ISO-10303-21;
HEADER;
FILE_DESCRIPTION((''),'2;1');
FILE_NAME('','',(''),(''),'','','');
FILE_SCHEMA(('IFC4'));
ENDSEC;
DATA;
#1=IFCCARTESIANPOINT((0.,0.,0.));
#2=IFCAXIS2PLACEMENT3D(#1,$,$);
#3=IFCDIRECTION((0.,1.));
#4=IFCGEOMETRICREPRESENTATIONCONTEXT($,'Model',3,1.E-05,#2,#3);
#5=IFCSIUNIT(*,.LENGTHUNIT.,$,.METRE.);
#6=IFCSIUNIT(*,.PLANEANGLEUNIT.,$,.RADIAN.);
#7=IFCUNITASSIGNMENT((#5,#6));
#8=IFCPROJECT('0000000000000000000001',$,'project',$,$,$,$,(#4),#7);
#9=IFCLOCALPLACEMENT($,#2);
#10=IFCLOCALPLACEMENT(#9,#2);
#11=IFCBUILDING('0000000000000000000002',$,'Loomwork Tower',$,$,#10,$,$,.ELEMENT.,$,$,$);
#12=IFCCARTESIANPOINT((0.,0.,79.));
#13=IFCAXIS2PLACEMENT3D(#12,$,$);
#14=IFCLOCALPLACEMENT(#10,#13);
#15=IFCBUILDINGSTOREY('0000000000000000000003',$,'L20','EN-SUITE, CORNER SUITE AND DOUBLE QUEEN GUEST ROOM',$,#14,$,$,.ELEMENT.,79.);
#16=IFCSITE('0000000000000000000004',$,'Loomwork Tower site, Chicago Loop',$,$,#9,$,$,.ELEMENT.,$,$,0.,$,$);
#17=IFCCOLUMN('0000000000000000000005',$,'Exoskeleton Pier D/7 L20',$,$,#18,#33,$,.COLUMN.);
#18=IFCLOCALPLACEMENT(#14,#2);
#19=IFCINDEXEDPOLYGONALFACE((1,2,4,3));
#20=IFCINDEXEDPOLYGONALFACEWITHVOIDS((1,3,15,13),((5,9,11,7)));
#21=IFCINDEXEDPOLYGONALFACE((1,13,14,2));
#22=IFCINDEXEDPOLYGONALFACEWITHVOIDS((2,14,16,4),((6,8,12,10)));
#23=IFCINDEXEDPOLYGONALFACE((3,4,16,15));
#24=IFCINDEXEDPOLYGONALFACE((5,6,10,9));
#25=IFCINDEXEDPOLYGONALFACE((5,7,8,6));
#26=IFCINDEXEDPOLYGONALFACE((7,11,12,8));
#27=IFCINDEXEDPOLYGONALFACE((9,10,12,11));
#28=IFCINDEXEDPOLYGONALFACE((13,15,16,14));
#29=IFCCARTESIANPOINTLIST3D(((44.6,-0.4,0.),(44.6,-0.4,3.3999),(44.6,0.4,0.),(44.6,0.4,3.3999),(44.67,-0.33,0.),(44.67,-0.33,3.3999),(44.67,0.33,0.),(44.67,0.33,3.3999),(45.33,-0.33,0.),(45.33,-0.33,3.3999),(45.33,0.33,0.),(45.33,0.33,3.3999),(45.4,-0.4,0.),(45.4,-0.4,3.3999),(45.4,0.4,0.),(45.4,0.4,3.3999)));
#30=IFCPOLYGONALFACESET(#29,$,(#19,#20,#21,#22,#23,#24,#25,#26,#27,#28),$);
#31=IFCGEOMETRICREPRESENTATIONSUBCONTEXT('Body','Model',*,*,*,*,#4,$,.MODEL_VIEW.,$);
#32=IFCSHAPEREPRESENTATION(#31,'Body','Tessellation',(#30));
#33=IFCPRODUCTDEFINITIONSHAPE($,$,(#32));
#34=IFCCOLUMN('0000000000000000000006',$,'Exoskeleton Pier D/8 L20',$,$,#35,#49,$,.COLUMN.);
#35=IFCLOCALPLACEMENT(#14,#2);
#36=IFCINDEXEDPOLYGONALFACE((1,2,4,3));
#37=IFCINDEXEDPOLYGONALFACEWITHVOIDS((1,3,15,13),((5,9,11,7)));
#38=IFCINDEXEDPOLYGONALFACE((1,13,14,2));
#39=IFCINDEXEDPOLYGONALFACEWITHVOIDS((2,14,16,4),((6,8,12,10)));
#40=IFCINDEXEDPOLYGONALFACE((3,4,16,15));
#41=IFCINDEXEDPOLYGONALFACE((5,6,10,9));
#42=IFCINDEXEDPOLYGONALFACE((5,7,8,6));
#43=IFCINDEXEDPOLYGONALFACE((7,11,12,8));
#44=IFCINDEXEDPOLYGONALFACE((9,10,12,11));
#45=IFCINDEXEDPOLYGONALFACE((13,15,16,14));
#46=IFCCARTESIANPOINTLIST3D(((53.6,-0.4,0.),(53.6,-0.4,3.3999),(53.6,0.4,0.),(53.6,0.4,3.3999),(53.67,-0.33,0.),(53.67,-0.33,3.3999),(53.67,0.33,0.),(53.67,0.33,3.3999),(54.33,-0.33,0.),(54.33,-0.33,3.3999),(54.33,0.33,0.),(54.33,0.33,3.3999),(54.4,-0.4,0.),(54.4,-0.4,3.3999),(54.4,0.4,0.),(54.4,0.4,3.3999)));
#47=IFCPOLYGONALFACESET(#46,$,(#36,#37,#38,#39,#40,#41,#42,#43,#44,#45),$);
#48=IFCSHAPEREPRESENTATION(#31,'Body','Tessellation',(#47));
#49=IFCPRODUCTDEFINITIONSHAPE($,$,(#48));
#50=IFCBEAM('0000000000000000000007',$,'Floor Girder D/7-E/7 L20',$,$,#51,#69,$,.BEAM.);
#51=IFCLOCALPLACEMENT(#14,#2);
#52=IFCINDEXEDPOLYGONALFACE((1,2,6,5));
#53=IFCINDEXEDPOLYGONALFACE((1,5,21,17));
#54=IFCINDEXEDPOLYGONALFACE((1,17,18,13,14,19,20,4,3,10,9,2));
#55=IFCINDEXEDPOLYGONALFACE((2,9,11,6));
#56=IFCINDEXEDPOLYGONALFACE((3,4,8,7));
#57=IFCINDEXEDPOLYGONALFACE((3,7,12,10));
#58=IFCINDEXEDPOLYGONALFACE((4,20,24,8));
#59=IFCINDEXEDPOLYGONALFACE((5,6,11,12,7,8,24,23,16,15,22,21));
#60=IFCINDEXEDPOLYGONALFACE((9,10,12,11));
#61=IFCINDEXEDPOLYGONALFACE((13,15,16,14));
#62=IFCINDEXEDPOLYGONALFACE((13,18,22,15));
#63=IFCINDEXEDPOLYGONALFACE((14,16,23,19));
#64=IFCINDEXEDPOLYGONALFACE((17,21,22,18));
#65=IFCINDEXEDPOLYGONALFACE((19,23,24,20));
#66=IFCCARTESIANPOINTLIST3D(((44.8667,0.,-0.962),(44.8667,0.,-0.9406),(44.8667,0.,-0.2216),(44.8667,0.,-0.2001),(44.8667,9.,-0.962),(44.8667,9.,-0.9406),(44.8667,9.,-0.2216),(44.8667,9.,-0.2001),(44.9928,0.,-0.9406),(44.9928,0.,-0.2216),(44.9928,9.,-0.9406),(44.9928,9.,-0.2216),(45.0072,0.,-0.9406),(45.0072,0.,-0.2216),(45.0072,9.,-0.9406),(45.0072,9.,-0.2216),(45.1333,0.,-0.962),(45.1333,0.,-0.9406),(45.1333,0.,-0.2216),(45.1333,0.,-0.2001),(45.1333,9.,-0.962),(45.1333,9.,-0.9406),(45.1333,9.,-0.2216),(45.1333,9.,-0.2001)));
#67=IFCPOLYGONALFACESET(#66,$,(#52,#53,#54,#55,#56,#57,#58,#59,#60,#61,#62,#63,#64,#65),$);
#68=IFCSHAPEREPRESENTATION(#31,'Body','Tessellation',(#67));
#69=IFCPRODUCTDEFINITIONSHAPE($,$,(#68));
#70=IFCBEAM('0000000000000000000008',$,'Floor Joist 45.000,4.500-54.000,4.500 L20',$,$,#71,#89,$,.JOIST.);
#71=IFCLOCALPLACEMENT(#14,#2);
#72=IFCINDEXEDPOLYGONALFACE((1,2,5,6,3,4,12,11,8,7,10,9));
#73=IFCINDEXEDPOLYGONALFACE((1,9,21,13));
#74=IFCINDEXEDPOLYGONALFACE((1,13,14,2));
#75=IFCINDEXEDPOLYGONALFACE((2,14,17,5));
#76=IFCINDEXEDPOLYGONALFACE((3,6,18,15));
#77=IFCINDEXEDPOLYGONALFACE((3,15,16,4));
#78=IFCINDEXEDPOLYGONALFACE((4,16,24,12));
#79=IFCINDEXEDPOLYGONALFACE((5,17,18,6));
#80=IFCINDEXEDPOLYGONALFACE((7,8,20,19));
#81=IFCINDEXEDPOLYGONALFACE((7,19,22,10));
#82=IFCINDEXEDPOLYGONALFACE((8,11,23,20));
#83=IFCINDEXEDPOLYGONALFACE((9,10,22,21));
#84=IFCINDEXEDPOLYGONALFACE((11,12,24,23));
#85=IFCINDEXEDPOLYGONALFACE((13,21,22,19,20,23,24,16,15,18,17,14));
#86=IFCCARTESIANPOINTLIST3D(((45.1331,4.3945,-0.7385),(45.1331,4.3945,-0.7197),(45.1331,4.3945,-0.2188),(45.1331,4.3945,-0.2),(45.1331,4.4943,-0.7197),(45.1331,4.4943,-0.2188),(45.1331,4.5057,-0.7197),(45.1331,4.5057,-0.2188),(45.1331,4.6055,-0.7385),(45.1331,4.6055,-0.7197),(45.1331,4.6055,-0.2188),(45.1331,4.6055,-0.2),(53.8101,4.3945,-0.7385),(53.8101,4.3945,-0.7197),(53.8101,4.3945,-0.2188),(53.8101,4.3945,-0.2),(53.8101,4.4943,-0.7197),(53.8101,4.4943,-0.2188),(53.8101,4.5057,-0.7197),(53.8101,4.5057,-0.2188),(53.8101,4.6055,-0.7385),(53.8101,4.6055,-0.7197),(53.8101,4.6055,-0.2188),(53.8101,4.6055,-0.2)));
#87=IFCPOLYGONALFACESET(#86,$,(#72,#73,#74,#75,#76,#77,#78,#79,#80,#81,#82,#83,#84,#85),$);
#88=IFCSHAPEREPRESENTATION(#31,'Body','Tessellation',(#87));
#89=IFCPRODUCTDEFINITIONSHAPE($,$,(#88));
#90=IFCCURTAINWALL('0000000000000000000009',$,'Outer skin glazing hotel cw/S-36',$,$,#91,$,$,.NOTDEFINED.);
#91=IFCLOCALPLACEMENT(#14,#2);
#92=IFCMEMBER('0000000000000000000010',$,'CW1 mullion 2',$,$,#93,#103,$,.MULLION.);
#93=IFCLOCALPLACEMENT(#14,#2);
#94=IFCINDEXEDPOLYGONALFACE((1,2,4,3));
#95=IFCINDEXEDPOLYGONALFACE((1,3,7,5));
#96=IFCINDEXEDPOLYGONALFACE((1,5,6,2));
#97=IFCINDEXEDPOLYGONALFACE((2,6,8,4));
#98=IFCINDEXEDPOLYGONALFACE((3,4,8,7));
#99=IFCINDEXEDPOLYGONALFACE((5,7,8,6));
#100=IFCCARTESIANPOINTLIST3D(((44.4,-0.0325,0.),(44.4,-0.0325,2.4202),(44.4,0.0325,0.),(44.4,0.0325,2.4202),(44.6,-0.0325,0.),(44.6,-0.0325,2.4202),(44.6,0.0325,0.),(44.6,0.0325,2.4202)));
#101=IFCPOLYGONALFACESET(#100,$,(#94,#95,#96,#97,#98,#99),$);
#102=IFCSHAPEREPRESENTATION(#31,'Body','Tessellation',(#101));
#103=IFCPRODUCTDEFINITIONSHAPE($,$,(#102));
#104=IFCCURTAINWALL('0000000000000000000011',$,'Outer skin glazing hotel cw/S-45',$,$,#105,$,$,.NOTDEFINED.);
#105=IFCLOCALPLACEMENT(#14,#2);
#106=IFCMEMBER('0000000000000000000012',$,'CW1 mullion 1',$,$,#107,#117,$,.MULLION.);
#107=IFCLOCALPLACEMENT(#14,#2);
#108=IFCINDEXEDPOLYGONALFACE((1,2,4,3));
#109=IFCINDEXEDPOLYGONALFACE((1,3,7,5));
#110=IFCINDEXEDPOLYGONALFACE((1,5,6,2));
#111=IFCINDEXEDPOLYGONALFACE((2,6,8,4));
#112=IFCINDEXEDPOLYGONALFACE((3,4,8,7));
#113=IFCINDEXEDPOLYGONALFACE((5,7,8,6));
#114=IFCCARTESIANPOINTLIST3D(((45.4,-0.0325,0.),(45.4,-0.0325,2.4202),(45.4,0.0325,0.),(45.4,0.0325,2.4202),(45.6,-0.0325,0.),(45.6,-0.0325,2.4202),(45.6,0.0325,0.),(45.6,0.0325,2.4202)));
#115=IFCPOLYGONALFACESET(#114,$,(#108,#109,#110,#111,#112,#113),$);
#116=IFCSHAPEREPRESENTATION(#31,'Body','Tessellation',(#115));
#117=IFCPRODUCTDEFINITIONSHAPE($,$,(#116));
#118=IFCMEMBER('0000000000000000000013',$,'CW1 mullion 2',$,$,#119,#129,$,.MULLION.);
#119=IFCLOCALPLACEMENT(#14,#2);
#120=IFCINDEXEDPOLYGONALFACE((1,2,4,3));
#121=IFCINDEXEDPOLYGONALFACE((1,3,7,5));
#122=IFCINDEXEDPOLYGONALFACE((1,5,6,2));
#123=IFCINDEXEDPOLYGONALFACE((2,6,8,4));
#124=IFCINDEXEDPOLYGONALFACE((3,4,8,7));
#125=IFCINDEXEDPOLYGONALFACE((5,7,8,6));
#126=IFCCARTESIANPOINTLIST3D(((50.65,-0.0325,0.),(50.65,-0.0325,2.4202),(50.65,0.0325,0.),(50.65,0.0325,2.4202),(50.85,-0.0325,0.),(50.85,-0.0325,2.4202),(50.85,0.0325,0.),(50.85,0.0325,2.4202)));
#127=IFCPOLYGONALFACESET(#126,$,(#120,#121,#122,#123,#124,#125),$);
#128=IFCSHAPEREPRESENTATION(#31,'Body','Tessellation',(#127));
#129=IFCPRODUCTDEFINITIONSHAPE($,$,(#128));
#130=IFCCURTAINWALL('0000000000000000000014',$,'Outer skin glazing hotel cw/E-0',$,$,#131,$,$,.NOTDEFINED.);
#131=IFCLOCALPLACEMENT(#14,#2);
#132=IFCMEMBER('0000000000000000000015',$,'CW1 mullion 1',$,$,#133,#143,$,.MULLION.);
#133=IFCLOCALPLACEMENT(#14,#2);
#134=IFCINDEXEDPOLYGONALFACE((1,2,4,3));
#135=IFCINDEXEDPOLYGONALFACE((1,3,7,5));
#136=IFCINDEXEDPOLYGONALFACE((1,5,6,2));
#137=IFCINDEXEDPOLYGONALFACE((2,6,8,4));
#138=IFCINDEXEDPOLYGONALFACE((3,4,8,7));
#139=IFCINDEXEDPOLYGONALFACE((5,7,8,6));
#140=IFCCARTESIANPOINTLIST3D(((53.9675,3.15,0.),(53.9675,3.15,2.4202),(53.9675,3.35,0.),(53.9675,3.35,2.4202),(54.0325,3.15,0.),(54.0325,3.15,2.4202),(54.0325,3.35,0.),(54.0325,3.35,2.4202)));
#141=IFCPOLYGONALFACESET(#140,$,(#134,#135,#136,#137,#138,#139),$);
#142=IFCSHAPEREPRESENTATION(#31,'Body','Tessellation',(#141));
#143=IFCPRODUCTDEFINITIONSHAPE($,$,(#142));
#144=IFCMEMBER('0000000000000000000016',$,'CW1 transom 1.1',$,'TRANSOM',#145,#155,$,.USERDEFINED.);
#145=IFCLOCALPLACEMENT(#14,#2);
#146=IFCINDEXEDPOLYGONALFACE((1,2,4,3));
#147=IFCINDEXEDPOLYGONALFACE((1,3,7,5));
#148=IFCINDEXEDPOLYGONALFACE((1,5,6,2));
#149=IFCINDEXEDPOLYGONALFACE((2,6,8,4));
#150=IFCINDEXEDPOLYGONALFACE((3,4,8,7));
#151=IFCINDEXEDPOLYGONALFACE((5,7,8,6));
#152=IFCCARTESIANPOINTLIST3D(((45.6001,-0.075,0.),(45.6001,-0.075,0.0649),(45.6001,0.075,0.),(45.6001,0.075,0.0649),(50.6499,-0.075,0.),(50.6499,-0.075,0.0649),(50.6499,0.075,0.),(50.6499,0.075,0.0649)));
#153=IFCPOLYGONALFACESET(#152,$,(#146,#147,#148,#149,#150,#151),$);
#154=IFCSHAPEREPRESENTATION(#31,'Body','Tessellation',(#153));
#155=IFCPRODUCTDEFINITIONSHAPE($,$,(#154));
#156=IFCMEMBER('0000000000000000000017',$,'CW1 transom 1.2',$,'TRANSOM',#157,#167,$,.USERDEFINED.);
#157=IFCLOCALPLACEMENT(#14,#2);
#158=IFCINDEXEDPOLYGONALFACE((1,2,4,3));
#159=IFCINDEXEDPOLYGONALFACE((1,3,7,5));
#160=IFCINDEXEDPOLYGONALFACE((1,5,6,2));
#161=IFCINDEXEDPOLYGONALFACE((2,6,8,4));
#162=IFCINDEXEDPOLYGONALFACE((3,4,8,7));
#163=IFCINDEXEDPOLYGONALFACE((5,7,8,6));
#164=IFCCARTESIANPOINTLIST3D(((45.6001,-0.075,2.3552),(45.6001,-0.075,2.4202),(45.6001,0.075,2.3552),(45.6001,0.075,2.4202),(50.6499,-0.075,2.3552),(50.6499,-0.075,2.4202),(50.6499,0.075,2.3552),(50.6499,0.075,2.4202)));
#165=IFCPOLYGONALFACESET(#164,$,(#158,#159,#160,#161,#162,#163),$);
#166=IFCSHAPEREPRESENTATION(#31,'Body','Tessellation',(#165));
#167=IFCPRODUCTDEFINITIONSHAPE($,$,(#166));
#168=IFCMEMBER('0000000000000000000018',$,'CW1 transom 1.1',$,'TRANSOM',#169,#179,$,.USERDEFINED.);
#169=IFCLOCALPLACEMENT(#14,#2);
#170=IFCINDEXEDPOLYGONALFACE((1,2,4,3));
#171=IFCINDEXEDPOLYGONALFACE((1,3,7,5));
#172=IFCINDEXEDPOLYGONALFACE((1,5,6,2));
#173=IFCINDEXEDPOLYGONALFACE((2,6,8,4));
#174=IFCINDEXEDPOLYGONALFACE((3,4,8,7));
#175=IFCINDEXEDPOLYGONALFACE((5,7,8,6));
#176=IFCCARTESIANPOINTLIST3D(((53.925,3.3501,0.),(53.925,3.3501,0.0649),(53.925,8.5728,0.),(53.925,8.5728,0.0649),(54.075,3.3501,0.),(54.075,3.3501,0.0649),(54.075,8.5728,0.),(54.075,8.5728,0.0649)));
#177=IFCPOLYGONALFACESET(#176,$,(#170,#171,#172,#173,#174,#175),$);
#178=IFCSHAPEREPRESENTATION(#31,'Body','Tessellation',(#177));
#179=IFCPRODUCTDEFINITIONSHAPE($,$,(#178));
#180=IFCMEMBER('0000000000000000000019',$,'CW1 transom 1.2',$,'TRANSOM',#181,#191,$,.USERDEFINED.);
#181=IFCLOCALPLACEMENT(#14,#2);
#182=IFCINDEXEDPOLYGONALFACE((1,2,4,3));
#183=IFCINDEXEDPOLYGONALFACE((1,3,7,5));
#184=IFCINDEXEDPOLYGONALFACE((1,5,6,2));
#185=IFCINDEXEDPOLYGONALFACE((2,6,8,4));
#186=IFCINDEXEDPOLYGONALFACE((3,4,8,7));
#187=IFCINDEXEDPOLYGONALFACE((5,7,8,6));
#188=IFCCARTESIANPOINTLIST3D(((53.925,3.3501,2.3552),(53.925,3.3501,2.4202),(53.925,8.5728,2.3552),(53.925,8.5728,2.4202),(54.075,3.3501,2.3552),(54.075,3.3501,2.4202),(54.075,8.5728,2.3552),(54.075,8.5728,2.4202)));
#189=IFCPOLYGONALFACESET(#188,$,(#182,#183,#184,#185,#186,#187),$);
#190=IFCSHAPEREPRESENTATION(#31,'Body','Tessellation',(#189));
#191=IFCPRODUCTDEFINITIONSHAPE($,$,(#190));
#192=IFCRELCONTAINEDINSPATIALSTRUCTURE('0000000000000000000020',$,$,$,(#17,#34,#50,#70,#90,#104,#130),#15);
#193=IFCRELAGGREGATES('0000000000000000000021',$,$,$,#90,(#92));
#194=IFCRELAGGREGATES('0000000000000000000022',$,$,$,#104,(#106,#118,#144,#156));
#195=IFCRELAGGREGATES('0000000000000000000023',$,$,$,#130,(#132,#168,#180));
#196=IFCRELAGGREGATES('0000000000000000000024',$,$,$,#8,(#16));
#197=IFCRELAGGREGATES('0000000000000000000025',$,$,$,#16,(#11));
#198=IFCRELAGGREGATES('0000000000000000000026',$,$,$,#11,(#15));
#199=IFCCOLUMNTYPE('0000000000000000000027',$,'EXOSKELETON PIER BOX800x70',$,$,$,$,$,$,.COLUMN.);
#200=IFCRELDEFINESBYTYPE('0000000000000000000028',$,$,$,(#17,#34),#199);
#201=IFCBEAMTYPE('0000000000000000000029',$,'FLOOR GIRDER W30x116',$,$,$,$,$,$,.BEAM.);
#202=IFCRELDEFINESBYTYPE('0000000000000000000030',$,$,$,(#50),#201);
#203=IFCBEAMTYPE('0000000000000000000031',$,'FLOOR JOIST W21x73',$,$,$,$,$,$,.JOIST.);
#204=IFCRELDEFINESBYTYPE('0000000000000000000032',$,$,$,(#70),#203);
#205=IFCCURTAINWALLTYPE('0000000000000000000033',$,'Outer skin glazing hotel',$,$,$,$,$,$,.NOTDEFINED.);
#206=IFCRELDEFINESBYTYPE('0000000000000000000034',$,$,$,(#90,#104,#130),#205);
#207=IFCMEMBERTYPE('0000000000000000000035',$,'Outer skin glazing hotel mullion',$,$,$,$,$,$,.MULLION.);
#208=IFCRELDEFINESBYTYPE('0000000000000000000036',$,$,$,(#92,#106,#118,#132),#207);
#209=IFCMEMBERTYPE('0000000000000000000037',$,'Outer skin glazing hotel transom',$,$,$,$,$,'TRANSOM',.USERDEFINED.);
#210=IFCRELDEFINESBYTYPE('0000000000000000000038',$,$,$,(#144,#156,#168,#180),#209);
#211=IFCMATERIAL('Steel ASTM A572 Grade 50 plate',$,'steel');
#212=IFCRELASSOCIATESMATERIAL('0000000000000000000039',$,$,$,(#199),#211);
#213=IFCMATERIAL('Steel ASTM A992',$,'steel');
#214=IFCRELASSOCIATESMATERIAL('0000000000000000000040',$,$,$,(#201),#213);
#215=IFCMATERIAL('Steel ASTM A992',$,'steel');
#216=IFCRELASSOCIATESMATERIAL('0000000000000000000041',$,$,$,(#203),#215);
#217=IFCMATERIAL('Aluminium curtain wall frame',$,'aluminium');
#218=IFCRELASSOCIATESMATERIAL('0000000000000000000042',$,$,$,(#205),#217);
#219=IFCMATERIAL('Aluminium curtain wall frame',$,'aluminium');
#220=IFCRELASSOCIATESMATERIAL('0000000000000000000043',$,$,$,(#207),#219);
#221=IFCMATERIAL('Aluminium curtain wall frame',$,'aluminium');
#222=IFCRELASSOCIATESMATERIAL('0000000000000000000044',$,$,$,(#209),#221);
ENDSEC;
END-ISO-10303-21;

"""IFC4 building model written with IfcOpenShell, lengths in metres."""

from ifc_helpers import new_model, si_unit, direction, frame, origin, origin_2d, place, context, subcontext, project, spatial, rectangle, hollow_rectangle, i_section, extrude, material, material_profile, profile_set, type_object, element, aggregate, save


model = new_model("IFC4")

# Units and contexts
model_context = context("Model", 3, precision=1e-05, world=origin(), true_north=direction((0.0, 1.0)))
body_context = subcontext(model_context, "Body", "Model", "MODEL_VIEW")
ifc_project = project(units=[si_unit("LENGTHUNIT", "METRE"), si_unit("PLANEANGLEUNIT", "RADIAN")], contexts=[model_context])

# Site, building, storey
site_placement = place(None, origin())
site = spatial("IfcSite", under=ifc_project, at=site_placement, Name="Loomwork Tower site, Chicago Loop", CompositionType="ELEMENT", RefElevation=0.0)
building_placement = place(site_placement, origin())
building = spatial("IfcBuilding", under=site, at=building_placement, Name="Loomwork Tower", CompositionType="ELEMENT")
storey_placement = place(building_placement, frame((0.0, 0.0, 79.0)))
storey = spatial("IfcBuildingStorey", under=building, at=storey_placement, Name="L20", Description="EN-SUITE, CORNER SUITE AND DOUBLE QUEEN GUEST ROOM", CompositionType="ELEMENT", Elevation=79.0)

# Columns
ifc_material_1 = material(Name="Steel ASTM A572 Grade 50 plate", Category="steel")
ifc_material_profile_1 = material_profile(ifc_material_1, hollow_rectangle(XDim=0.8, YDim=0.8, WallThickness=0.0701, at=origin_2d()), Name="BOX800x70")
ifc_profile_set_1 = profile_set([ifc_material_profile_1], Name="Steel ASTM A572 Grade 50 plate")
column_type = type_object("IfcColumnType", Name="EXOSKELETON PIER BOX800x70", PredefinedType="COLUMN", material=ifc_profile_set_1)
for number, where, z_axis, x_axis, name in (
    (1, (45.0, 0.0, 0.0), (0.0, 0.0, 1.0), (1.0, 0.0, 0.0), "Exoskeleton Pier D/7 L20"),
    (2, (54.0, 0.0, 0.0), (0.0, 0.0, 1.0), (1.0, 0.0, 0.0), "Exoskeleton Pier D/8 L20"),
):
    element("IfcColumn", number, at=place(storey_placement, frame(where, z_axis=z_axis, x_axis=x_axis)), inside=storey, type_object=column_type, Name=name, PredefinedType="COLUMN", context=body_context, shape_type="SweptSolid", body=[
        extrude(hollow_rectangle(XDim=0.8, YDim=0.8, WallThickness=0.0701, at=origin_2d()), origin(), (0.0, 0.0, 1.0), 3.3999),
    ])

# Beams
ifc_material_2 = material(Name="Steel ASTM A992", Category="steel")
ifc_material_profile_2 = material_profile(ifc_material_2, i_section(OverallWidth=0.2666, OverallDepth=0.762, WebThickness=0.0144, FlangeThickness=0.0215, at=origin_2d()), Name="W30x116")
ifc_profile_set_2 = profile_set([ifc_material_profile_2], Name="Steel ASTM A992")
beam_type_1 = type_object("IfcBeamType", Name="FLOOR GIRDER W30x116", PredefinedType="BEAM", material=ifc_profile_set_2)
beam_1_placement = place(storey_placement, frame((45.0, 0.0, -0.5811), z_axis=(0.0, 1.0, 0.0), x_axis=(-1.0, 0.0, 0.0)))
element("IfcBeam", 3, at=beam_1_placement, inside=storey, type_object=beam_type_1, Name="Floor Girder D/7-E/7 L20", PredefinedType="BEAM", context=body_context, shape_type="SweptSolid", body=[
    extrude(i_section(OverallWidth=0.2666, OverallDepth=0.762, WebThickness=0.0144, FlangeThickness=0.0215, at=origin_2d()), origin(), (0.0, 0.0, 1.0), 9.0),
])
ifc_material_3 = material(Name="Steel ASTM A992", Category="steel")
ifc_material_profile_3 = material_profile(ifc_material_3, i_section(OverallWidth=0.2109, OverallDepth=0.5386, WebThickness=0.0115, FlangeThickness=0.0188, at=origin_2d()), Name="W21x73")
ifc_profile_set_3 = profile_set([ifc_material_profile_3], Name="Steel ASTM A992")
beam_type_2 = type_object("IfcBeamType", Name="FLOOR JOIST W21x73", PredefinedType="JOIST", material=ifc_profile_set_3)
beam_2_placement = place(storey_placement, frame((45.1331, 4.5, -0.4692), z_axis=(1.0, 0.0, 0.0), x_axis=(0.0, 1.0, 0.0)))
element("IfcBeam", 4, at=beam_2_placement, inside=storey, type_object=beam_type_2, Name="Floor Joist 45.000,4.500-54.000,4.500 L20", PredefinedType="JOIST", context=body_context, shape_type="SweptSolid", body=[
    extrude(i_section(OverallWidth=0.2109, OverallDepth=0.5386, WebThickness=0.0115, FlangeThickness=0.0188, at=origin_2d()), origin(), (0.0, 0.0, 1.0), 8.677),
])

# Curtain wall, member
ifc_material_4 = material(Name="Aluminium curtain wall frame", Category="aluminium")
curtain_wall_type = type_object("IfcCurtainWallType", Name="Outer skin glazing hotel", PredefinedType="NOTDEFINED", material=ifc_material_4)
curtain_wall_1_placement = place(storey_placement, origin())
curtain_wall_1 = element("IfcCurtainWall", 5, at=curtain_wall_1_placement, inside=storey, type_object=curtain_wall_type, Name="Outer skin glazing hotel cw/S-36", PredefinedType="NOTDEFINED")
ifc_material_5 = material(Name="Aluminium curtain wall frame", Category="aluminium")
ifc_material_profile_4 = material_profile(ifc_material_5, rectangle(XDim=0.0649, YDim=0.2, at=origin_2d()), Name="AL 65x200")
ifc_profile_set_4 = profile_set([ifc_material_profile_4], Name="Aluminium curtain wall frame")
member_type_1 = type_object("IfcMemberType", Name="Outer skin glazing hotel mullion", PredefinedType="MULLION", material=ifc_profile_set_4)
member_1_placement = place(storey_placement, frame((44.5, 0.0, 0.0), z_axis=(0.0, 0.0, 1.0), x_axis=(0.0, 1.0, 0.0)))
member_1 = element("IfcMember", 6, at=member_1_placement, type_object=member_type_1, Name="CW1 mullion 2", PredefinedType="MULLION", context=body_context, shape_type="SweptSolid", body=[
    extrude(rectangle(XDim=0.0649, YDim=0.2, at=origin_2d()), origin(), (0.0, 0.0, 1.0), 2.4202),
])
aggregate(curtain_wall_1, [member_1])

# Curtain wall, members
curtain_wall_2_placement = place(storey_placement, origin())
curtain_wall_2 = element("IfcCurtainWall", 7, at=curtain_wall_2_placement, inside=storey, type_object=curtain_wall_type, Name="Outer skin glazing hotel cw/S-45", PredefinedType="NOTDEFINED")
member_2_placement = place(storey_placement, frame((45.5, 0.0, 0.0), z_axis=(0.0, 0.0, 1.0), x_axis=(0.0, 1.0, 0.0)))
member_2 = element("IfcMember", 8, at=member_2_placement, type_object=member_type_1, Name="CW1 mullion 1", PredefinedType="MULLION", context=body_context, shape_type="SweptSolid", body=[
    extrude(rectangle(XDim=0.0649, YDim=0.2, at=origin_2d()), origin(), (0.0, 0.0, 1.0), 2.4202),
])
member_3_placement = place(storey_placement, frame((50.75, 0.0, 0.0), z_axis=(0.0, 0.0, 1.0), x_axis=(0.0, 1.0, 0.0)))
member_3 = element("IfcMember", 9, at=member_3_placement, type_object=member_type_1, Name="CW1 mullion 2", PredefinedType="MULLION", context=body_context, shape_type="SweptSolid", body=[
    extrude(rectangle(XDim=0.0649, YDim=0.2, at=origin_2d()), origin(), (0.0, 0.0, 1.0), 2.4202),
])

# Curtain wall, member
curtain_wall_3_placement = place(storey_placement, origin())
curtain_wall_3 = element("IfcCurtainWall", 10, at=curtain_wall_3_placement, inside=storey, type_object=curtain_wall_type, Name="Outer skin glazing hotel cw/E-0", PredefinedType="NOTDEFINED")
member_4_placement = place(storey_placement, frame((54.0, 3.25, 0.0), z_axis=(0.0, 0.0, 1.0), x_axis=(-1.0, 0.0, 0.0)))
member_4 = element("IfcMember", 11, at=member_4_placement, type_object=member_type_1, Name="CW1 mullion 1", PredefinedType="MULLION", context=body_context, shape_type="SweptSolid", body=[
    extrude(rectangle(XDim=0.0649, YDim=0.2, at=origin_2d()), origin(), (0.0, 0.0, 1.0), 2.4202),
])

# Members
ifc_material_6 = material(Name="Aluminium curtain wall frame", Category="aluminium")
ifc_material_profile_5 = material_profile(ifc_material_6, rectangle(XDim=0.1499, YDim=0.0649, at=origin_2d()), Name="AL 65x150")
ifc_profile_set_5 = profile_set([ifc_material_profile_5], Name="Aluminium curtain wall frame")
member_type_2 = type_object("IfcMemberType", Name="Outer skin glazing hotel transom", ElementType="TRANSOM", PredefinedType="USERDEFINED", material=ifc_profile_set_5)
member_5_placement = place(storey_placement, frame((45.6001, 0.0, 0.0325), z_axis=(1.0, 0.0, 0.0), x_axis=(0.0, 1.0, 0.0)))
member_5 = element("IfcMember", 12, at=member_5_placement, type_object=member_type_2, Name="CW1 transom 1.1", ObjectType="TRANSOM", PredefinedType="USERDEFINED", context=body_context, shape_type="SweptSolid", body=[
    extrude(rectangle(XDim=0.1499, YDim=0.0649, at=origin_2d()), origin(), (0.0, 0.0, 1.0), 5.0498),
])
member_6_placement = place(storey_placement, frame((45.6001, 0.0, 2.3877), z_axis=(1.0, 0.0, 0.0), x_axis=(0.0, 1.0, 0.0)))
member_6 = element("IfcMember", 13, at=member_6_placement, type_object=member_type_2, Name="CW1 transom 1.2", ObjectType="TRANSOM", PredefinedType="USERDEFINED", context=body_context, shape_type="SweptSolid", body=[
    extrude(rectangle(XDim=0.1499, YDim=0.0649, at=origin_2d()), origin(), (0.0, 0.0, 1.0), 5.0498),
])
member_7_placement = place(storey_placement, frame((54.0, 3.3501, 0.0325), z_axis=(0.0, 1.0, 0.0), x_axis=(-1.0, 0.0, 0.0)))
member_7 = element("IfcMember", 14, at=member_7_placement, type_object=member_type_2, Name="CW1 transom 1.1", ObjectType="TRANSOM", PredefinedType="USERDEFINED", context=body_context, shape_type="SweptSolid", body=[
    extrude(rectangle(XDim=0.1499, YDim=0.0649, at=origin_2d()), origin(), (0.0, 0.0, 1.0), 5.2227),
])
member_8_placement = place(storey_placement, frame((54.0, 3.3501, 2.3877), z_axis=(0.0, 1.0, 0.0), x_axis=(-1.0, 0.0, 0.0)))
member_8 = element("IfcMember", 15, at=member_8_placement, type_object=member_type_2, Name="CW1 transom 1.2", ObjectType="TRANSOM", PredefinedType="USERDEFINED", context=body_context, shape_type="SweptSolid", body=[
    extrude(rectangle(XDim=0.1499, YDim=0.0649, at=origin_2d()), origin(), (0.0, 0.0, 1.0), 5.2227),
])

aggregate(curtain_wall_2, [member_2, member_3, member_5, member_6])
aggregate(curtain_wall_3, [member_4, member_7, member_8])

save(model, "model.ifc")
